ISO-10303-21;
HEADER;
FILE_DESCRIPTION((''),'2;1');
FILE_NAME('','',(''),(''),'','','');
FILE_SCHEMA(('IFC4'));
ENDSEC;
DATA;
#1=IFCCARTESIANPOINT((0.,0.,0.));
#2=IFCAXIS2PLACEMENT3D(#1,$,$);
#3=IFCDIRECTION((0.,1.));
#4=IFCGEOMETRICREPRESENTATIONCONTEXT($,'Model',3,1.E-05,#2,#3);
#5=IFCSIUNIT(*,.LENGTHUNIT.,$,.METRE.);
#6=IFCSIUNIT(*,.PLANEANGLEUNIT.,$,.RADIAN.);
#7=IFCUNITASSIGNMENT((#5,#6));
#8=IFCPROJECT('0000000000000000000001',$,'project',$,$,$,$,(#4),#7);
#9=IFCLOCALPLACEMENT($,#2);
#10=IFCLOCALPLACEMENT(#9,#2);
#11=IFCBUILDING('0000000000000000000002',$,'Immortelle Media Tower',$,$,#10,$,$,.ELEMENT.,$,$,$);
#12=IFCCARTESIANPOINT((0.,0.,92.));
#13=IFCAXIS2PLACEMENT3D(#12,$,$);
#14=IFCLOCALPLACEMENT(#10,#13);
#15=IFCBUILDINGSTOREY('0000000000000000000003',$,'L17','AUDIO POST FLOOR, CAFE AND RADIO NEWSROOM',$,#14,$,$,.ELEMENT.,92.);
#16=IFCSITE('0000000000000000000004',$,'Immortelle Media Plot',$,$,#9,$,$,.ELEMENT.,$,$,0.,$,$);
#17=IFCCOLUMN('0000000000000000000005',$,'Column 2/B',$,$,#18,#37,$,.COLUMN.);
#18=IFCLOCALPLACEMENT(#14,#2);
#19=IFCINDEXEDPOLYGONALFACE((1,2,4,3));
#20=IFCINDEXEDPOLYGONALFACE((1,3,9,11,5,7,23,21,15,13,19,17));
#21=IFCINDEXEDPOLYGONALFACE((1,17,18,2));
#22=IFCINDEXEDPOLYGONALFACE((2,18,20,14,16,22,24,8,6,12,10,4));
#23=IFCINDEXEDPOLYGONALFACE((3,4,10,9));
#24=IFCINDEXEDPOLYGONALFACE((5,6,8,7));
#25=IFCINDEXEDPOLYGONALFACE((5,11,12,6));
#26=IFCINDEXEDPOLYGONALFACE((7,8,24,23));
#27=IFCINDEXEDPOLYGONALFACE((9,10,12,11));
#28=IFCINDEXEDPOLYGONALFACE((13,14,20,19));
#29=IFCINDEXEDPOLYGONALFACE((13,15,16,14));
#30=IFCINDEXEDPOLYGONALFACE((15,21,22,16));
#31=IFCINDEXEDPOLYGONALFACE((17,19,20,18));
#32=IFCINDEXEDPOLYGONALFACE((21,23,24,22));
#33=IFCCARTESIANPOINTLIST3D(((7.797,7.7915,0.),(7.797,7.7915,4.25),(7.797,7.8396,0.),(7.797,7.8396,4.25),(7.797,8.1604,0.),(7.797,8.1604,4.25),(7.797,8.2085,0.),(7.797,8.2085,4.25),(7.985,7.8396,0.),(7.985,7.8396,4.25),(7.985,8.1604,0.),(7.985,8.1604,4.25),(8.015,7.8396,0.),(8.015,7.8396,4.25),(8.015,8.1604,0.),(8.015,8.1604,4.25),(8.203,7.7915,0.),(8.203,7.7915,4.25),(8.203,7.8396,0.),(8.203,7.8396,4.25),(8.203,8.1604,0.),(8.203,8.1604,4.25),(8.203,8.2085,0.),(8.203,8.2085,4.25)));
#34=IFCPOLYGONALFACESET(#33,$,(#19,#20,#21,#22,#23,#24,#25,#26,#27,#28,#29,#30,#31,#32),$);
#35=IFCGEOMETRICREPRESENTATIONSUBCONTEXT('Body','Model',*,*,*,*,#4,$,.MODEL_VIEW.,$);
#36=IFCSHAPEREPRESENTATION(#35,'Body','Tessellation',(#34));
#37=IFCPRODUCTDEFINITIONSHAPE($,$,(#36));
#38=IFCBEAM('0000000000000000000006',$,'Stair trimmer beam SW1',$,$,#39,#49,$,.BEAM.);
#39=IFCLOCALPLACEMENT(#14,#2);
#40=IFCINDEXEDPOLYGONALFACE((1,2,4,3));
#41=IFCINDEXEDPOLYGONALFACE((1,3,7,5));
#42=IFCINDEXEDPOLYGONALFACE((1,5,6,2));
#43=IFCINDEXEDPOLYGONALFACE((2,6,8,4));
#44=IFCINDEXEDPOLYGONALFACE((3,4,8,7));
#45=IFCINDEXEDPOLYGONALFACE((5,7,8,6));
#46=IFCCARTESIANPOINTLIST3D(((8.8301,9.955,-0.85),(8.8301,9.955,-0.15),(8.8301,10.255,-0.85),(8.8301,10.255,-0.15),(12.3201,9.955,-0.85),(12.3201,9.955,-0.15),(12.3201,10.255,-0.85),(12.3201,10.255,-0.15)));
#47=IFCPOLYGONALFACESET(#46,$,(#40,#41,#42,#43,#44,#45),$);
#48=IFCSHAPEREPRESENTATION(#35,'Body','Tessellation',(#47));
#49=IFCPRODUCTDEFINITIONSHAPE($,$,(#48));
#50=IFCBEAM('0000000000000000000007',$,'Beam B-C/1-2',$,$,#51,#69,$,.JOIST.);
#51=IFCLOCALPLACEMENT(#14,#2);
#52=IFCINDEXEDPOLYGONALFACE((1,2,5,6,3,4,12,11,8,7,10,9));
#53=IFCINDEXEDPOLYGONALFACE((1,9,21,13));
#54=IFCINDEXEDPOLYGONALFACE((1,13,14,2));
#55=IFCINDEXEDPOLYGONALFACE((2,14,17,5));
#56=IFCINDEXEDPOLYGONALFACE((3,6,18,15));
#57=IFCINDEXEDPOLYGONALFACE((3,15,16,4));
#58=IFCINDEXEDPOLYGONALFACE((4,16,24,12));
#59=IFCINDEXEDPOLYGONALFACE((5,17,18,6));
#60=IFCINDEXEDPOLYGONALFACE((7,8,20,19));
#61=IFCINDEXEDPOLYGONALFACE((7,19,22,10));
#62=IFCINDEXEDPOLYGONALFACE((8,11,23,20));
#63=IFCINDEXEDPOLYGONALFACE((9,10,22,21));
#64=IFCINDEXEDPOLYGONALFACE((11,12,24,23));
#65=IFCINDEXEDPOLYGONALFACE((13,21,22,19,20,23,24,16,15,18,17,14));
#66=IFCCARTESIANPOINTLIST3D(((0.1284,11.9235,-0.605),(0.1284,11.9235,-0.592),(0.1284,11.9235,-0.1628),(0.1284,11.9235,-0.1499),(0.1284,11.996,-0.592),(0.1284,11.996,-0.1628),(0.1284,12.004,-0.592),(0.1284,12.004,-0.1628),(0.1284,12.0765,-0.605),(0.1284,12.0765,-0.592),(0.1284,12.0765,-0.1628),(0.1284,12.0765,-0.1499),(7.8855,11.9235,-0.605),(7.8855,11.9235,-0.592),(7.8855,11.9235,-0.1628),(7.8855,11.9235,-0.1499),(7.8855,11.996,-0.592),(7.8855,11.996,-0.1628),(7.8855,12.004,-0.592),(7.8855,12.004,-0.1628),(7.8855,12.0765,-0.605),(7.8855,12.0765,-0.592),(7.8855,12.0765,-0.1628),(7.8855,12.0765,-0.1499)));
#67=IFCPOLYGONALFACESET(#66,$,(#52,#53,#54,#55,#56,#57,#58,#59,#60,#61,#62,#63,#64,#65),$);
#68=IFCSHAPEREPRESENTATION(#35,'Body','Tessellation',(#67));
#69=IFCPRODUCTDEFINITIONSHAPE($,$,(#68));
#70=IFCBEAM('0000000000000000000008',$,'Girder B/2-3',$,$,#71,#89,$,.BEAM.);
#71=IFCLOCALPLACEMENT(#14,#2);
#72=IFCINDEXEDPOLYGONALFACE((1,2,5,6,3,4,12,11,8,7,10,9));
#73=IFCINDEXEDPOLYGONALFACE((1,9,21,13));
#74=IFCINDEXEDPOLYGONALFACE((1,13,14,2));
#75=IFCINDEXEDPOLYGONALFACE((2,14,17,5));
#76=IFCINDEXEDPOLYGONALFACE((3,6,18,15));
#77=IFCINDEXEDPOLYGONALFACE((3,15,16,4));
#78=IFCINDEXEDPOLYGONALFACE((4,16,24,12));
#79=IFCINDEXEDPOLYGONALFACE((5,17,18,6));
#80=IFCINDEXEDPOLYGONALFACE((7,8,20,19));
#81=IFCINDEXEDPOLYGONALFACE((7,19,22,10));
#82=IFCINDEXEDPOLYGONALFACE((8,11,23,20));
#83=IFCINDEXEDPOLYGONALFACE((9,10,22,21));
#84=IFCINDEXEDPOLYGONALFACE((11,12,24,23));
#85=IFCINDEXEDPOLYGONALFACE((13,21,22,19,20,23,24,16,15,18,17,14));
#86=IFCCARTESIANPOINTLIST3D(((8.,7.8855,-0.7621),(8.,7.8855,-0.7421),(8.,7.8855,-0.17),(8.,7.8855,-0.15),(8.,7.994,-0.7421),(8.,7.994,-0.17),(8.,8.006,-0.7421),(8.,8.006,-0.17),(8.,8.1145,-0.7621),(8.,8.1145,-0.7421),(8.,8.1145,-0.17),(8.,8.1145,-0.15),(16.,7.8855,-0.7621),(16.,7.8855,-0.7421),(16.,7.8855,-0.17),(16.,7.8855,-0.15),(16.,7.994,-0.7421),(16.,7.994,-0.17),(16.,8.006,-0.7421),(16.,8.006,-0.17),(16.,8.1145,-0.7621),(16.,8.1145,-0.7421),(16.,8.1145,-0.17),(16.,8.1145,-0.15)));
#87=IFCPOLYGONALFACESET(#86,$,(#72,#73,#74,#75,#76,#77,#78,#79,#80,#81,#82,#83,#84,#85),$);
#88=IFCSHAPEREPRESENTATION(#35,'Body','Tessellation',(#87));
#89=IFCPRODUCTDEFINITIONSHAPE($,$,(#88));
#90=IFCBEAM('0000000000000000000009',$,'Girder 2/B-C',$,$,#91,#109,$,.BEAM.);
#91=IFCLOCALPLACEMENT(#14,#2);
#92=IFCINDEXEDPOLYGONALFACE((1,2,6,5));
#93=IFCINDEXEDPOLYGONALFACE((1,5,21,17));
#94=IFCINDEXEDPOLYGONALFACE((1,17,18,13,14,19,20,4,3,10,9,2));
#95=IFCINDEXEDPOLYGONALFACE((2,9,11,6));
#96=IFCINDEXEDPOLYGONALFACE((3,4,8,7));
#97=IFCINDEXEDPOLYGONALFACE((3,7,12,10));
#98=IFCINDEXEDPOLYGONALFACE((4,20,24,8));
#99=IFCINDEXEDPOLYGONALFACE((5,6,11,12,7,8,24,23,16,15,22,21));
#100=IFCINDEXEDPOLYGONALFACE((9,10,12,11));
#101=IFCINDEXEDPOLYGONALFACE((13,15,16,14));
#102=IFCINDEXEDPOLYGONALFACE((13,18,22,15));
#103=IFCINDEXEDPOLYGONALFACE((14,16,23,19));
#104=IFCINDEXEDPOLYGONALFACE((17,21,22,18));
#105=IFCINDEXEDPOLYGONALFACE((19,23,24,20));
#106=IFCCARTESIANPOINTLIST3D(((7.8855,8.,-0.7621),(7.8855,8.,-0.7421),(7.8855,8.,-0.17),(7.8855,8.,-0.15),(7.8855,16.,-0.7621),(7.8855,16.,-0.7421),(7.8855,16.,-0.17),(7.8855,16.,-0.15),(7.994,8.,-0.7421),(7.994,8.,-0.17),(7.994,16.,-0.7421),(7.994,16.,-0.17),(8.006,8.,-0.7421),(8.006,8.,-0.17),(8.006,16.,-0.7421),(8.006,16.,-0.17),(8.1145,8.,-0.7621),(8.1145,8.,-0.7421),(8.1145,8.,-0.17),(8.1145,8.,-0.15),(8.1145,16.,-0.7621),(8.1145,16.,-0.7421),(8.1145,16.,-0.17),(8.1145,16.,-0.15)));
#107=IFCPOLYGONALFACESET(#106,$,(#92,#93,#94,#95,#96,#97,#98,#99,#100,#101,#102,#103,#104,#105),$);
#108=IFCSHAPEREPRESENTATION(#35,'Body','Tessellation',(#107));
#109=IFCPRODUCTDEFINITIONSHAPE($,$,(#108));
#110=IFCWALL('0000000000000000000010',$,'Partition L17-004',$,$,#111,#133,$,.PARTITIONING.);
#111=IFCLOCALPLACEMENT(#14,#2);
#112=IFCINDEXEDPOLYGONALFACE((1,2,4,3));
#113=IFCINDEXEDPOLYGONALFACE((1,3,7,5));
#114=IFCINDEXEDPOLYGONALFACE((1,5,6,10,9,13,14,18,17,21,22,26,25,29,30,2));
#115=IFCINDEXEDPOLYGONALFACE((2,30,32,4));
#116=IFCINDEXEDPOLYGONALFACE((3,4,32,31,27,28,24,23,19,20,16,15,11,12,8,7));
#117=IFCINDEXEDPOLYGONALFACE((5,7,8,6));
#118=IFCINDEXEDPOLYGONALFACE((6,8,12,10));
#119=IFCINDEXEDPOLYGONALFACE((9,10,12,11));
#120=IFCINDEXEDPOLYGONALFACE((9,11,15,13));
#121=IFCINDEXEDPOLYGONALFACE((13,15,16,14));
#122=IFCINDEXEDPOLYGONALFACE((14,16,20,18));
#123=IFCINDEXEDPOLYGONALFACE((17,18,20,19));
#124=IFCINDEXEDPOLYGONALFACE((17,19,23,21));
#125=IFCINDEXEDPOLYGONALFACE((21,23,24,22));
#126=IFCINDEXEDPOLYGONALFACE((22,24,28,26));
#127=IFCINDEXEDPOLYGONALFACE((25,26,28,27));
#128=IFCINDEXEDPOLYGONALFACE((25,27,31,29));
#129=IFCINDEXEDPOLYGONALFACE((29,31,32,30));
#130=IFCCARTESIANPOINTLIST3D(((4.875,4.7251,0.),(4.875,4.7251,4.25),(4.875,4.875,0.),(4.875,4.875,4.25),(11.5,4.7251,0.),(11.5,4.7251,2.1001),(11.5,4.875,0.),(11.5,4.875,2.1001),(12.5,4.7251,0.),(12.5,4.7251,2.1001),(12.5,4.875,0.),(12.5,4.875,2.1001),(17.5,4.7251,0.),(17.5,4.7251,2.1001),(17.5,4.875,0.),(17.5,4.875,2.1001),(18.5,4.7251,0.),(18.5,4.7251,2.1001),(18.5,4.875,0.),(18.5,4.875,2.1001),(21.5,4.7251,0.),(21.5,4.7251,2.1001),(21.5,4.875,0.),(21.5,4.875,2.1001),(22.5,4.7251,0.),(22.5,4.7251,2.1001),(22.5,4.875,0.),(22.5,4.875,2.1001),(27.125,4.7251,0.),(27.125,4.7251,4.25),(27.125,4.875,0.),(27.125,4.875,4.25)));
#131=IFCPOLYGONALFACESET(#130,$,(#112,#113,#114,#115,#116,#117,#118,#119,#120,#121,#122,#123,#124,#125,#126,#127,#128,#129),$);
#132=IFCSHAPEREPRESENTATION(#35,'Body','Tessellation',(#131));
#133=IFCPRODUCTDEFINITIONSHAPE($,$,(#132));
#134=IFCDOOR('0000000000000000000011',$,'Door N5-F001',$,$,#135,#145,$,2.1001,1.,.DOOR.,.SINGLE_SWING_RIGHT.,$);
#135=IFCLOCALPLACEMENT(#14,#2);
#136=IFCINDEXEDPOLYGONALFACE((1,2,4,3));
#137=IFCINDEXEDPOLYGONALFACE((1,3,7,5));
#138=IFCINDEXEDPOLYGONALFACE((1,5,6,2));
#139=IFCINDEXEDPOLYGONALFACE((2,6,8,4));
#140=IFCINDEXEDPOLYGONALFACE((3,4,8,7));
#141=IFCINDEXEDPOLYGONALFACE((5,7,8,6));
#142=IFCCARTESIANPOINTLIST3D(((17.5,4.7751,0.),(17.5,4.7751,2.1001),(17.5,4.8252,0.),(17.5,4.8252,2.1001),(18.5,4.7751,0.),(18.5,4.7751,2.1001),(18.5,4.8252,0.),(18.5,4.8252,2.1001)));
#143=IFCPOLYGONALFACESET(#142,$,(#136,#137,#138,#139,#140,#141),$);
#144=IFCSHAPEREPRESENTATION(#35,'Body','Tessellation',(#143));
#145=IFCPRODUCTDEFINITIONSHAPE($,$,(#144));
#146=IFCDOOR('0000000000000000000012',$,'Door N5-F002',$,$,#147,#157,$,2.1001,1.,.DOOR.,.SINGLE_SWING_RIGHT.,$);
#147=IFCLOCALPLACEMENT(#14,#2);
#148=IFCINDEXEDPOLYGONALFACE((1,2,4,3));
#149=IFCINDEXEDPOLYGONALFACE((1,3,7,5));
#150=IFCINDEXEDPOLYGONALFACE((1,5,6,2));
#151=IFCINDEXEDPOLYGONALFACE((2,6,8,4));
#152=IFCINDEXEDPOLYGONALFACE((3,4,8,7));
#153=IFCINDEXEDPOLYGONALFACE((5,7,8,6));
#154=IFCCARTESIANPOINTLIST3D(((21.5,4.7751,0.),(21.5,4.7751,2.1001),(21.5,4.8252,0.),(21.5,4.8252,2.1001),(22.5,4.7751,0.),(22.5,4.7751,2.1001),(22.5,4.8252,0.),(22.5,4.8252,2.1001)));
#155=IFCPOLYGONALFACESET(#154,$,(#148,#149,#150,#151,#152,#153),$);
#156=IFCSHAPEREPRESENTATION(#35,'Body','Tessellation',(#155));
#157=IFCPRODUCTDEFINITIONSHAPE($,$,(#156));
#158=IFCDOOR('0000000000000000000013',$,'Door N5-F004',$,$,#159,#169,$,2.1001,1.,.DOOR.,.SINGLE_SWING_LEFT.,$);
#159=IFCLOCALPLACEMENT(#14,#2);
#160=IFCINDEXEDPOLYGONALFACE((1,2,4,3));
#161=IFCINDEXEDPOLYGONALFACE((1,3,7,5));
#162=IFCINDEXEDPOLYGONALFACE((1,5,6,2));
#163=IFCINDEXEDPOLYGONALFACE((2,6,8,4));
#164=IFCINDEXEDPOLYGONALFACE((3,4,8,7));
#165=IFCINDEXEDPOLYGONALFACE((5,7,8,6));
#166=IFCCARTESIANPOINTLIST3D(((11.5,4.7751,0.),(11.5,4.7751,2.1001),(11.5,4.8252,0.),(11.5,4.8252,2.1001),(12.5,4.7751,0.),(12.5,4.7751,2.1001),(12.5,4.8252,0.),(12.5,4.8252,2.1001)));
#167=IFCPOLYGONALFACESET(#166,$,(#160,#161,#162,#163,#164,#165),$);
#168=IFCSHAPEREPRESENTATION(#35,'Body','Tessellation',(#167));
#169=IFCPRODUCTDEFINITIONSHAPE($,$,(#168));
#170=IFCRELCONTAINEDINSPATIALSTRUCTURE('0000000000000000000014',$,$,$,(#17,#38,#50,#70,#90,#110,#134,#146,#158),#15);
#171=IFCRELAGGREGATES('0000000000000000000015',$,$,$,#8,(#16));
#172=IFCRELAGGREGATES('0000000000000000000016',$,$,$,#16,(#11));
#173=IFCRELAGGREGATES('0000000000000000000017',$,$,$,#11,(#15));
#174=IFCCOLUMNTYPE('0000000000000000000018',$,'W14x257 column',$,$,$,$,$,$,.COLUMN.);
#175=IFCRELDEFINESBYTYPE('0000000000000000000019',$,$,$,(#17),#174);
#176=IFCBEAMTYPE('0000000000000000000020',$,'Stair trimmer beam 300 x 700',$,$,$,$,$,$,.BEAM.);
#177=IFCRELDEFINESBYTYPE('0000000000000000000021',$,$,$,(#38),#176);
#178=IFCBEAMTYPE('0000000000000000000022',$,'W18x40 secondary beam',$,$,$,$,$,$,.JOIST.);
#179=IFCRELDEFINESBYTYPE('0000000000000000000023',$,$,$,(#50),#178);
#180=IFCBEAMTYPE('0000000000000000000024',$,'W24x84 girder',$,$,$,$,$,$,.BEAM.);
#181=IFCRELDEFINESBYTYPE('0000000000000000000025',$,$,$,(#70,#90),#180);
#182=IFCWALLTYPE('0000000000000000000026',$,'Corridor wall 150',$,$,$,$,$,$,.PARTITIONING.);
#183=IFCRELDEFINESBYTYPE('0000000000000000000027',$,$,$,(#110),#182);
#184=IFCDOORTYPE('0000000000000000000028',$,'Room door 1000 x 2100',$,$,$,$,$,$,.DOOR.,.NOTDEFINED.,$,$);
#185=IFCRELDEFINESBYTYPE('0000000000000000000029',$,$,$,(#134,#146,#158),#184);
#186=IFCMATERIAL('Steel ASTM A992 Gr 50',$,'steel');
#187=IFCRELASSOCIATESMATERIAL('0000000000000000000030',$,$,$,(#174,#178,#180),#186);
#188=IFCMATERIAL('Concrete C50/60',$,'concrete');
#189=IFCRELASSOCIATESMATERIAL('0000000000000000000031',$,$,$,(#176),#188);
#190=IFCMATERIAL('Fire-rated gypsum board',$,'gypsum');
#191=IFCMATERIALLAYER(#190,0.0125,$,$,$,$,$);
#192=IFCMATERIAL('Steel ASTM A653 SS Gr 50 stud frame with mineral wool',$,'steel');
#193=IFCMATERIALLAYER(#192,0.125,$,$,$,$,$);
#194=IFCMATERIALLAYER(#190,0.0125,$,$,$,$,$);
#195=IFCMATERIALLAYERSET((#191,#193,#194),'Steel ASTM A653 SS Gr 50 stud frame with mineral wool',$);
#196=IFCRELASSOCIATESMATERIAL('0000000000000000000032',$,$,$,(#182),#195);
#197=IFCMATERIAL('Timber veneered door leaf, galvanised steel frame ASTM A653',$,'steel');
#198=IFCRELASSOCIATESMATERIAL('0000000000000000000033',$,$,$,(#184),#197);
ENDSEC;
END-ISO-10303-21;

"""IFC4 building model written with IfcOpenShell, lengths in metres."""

from ifc_helpers import new_model, si_unit, direction, frame, frame_2d, origin, origin_2d, place, context, subcontext, project, spatial, rectangle, i_section, extrude, material, layer, layer_set, material_profile, profile_set, type_object, element, fill, save


model = new_model("IFC4")

# Units and contexts
model_context = context("Model", 3, precision=1e-05, world=origin(), true_north=direction((0.0, 1.0)))
body_context = subcontext(model_context, "Body", "Model", "MODEL_VIEW")
ifc_project = project(units=[si_unit("LENGTHUNIT", "METRE"), si_unit("PLANEANGLEUNIT", "RADIAN")], contexts=[model_context])

# Site, building, storey
site_placement = place(None, origin())
site = spatial("IfcSite", under=ifc_project, at=site_placement, Name="Immortelle Media Plot", CompositionType="ELEMENT", RefElevation=0.0)
building_placement = place(site_placement, origin())
building = spatial("IfcBuilding", under=site, at=building_placement, Name="Immortelle Media Tower", CompositionType="ELEMENT")
storey_placement = place(building_placement, frame((0.0, 0.0, 92.0)))
storey = spatial("IfcBuildingStorey", under=building, at=storey_placement, Name="L17", Description="AUDIO POST FLOOR, CAFE AND RADIO NEWSROOM", CompositionType="ELEMENT", Elevation=92.0)

# Column
ifc_material_1 = material(Name="Steel ASTM A992 Gr 50", Category="steel")
ifc_material_profile_1 = material_profile(ifc_material_1, i_section(OverallWidth=0.406, OverallDepth=0.417, WebThickness=0.03, FlangeThickness=0.0481, at=origin_2d()), Name="W14x257")
ifc_profile_set_1 = profile_set([ifc_material_profile_1], Name="Steel ASTM A992 Gr 50")
column_type = type_object("IfcColumnType", Name="W14x257 column", PredefinedType="COLUMN", material=ifc_profile_set_1)
column_placement = place(storey_placement, frame((8.0, 8.0, 0.0), z_axis=(0.0, 0.0, 1.0), x_axis=(1.0, 0.0, 0.0)))
element("IfcColumn", 1, at=column_placement, inside=storey, type_object=column_type, Name="Column 2/B", PredefinedType="COLUMN", context=body_context, shape_type="SweptSolid", body=[
    extrude(i_section(OverallWidth=0.406, OverallDepth=0.417, WebThickness=0.03, FlangeThickness=0.0481, at=origin_2d()), origin(), (0.0, 0.0, 1.0), 4.25),
])

# Beams
ifc_material_2 = material(Name="Concrete C50/60", Category="concrete")
ifc_material_profile_2 = material_profile(ifc_material_2, rectangle(XDim=0.3, YDim=0.7, at=origin_2d()), Name="RC 300x700")
ifc_profile_set_2 = profile_set([ifc_material_profile_2], Name="Concrete C50/60")
beam_type_1 = type_object("IfcBeamType", Name="Stair trimmer beam 300 x 700", PredefinedType="BEAM", material=ifc_profile_set_2)
beam_1_placement = place(storey_placement, frame((8.8301, 10.105, -0.5), z_axis=(1.0, 0.0, 0.0), x_axis=(0.0, 1.0, 0.0)))
element("IfcBeam", 2, at=beam_1_placement, inside=storey, type_object=beam_type_1, Name="Stair trimmer beam SW1", PredefinedType="BEAM", context=body_context, shape_type="SweptSolid", body=[
    extrude(rectangle(XDim=0.3, YDim=0.7, at=origin_2d()), origin(), (0.0, 0.0, 1.0), 3.49),
])
ifc_material_profile_3 = material_profile(ifc_material_1, i_section(OverallWidth=0.1531, OverallDepth=0.4551, WebThickness=0.0081, FlangeThickness=0.0129, at=origin_2d()), Name="W18x40")
ifc_profile_set_3 = profile_set([ifc_material_profile_3], Name="Steel ASTM A992 Gr 50")
beam_type_2 = type_object("IfcBeamType", Name="W18x40 secondary beam", PredefinedType="JOIST", material=ifc_profile_set_3)
beam_2_placement = place(storey_placement, frame((0.1284, 12.0, -0.3774), z_axis=(1.0, 0.0, 0.0), x_axis=(0.0, 1.0, 0.0)))
element("IfcBeam", 3, at=beam_2_placement, inside=storey, type_object=beam_type_2, Name="Beam B-C/1-2", PredefinedType="JOIST", context=body_context, shape_type="SweptSolid", body=[
    extrude(i_section(OverallWidth=0.1531, OverallDepth=0.4551, WebThickness=0.0081, FlangeThickness=0.0129, at=origin_2d()), origin(), (0.0, 0.0, 1.0), 7.7571),
])
ifc_material_profile_4 = material_profile(ifc_material_1, i_section(OverallWidth=0.229, OverallDepth=0.6121, WebThickness=0.012, FlangeThickness=0.02, at=origin_2d()), Name="W24x84")
ifc_profile_set_4 = profile_set([ifc_material_profile_4], Name="Steel ASTM A992 Gr 50")
beam_type_3 = type_object("IfcBeamType", Name="W24x84 girder", PredefinedType="BEAM", material=ifc_profile_set_4)
for number, where, z_axis, x_axis, name in (
    (4, (8.0, 8.0, -0.4561), (1.0, 0.0, 0.0), (0.0, 1.0, 0.0), "Girder B/2-3"),
    (5, (8.0, 8.0, -0.4561), (0.0, 1.0, 0.0), (-1.0, 0.0, 0.0), "Girder 2/B-C"),
):
    element("IfcBeam", number, at=place(storey_placement, frame(where, z_axis=z_axis, x_axis=x_axis)), inside=storey, type_object=beam_type_3, Name=name, PredefinedType="BEAM", context=body_context, shape_type="SweptSolid", body=[
        extrude(i_section(OverallWidth=0.229, OverallDepth=0.6121, WebThickness=0.012, FlangeThickness=0.02, at=origin_2d()), origin(), (0.0, 0.0, 1.0), 8.0),
    ])

# Wall, openings, doors
ifc_material_3 = material(Name="Fire-rated gypsum board", Category="gypsum")
ifc_layer_1 = layer(ifc_material_3, 0.0125)
ifc_material_4 = material(Name="Steel ASTM A653 SS Gr 50 stud frame with mineral wool", Category="steel")
ifc_layer_2 = layer(ifc_material_4, 0.125)
ifc_layer_3 = layer(ifc_material_3, 0.0125)
ifc_layer_set_1 = layer_set([ifc_layer_1, ifc_layer_2, ifc_layer_3], Name="Steel ASTM A653 SS Gr 50 stud frame with mineral wool")
wall_type_1 = type_object("IfcWallType", Name="Corridor wall 150", PredefinedType="PARTITIONING", material=ifc_layer_set_1)
wall_1_placement = place(storey_placement, frame((4.875, 4.8, 0.0), z_axis=(0.0, 0.0, 1.0), x_axis=(1.0, 0.0, 0.0)))
wall_1 = element("IfcWall", 6, at=wall_1_placement, inside=storey, type_object=wall_type_1, Name="Partition L17-004", PredefinedType="PARTITIONING", context=body_context, shape_type="SweptSolid", body=[
    extrude(rectangle(XDim=22.25, YDim=0.1499, at=frame_2d((11.125, 0.0))), origin(), (0.0, 0.0, 1.0), 4.25),
])
opening_1_placement = place(wall_1_placement, frame((13.625, 0.0, 0.0), z_axis=(0.0, 0.0, 1.0), x_axis=(-1.0, 0.0, 0.0)))
opening_1 = element("IfcOpeningElement", 7, at=opening_1_placement, cuts=wall_1, PredefinedType="OPENING", context=body_context, shape_type="SweptSolid", body=[
    extrude(rectangle(XDim=1.0, YDim=2.1001, at=frame_2d((0.5, 1.05))), frame((0.0, 0.085, 0.0), z_axis=(0.0, -1.0, 0.0), x_axis=(1.0, 0.0, 0.0)), (0.0, 0.0, 1.0), 0.1699),
])
opening_2_placement = place(wall_1_placement, frame((17.625, 0.0, 0.0), z_axis=(0.0, 0.0, 1.0), x_axis=(-1.0, 0.0, 0.0)))
opening_2 = element("IfcOpeningElement", 8, at=opening_2_placement, cuts=wall_1, PredefinedType="OPENING", context=body_context, shape_type="SweptSolid", body=[
    extrude(rectangle(XDim=1.0, YDim=2.1001, at=frame_2d((0.5, 1.05))), frame((0.0, 0.085, 0.0), z_axis=(0.0, -1.0, 0.0), x_axis=(1.0, 0.0, 0.0)), (0.0, 0.0, 1.0), 0.1699),
])
opening_3_placement = place(wall_1_placement, frame((7.625, 0.0, 0.0), z_axis=(0.0, 0.0, 1.0), x_axis=(-1.0, 0.0, 0.0)))
opening_3 = element("IfcOpeningElement", 9, at=opening_3_placement, cuts=wall_1, PredefinedType="OPENING", context=body_context, shape_type="SweptSolid", body=[
    extrude(rectangle(XDim=1.0, YDim=2.1001, at=frame_2d((0.5, 1.05))), frame((0.0, 0.085, 0.0), z_axis=(0.0, -1.0, 0.0), x_axis=(1.0, 0.0, 0.0)), (0.0, 0.0, 1.0), 0.1699),
])
ifc_material_5 = material(Name="Timber veneered door leaf, galvanised steel frame ASTM A653", Category="steel")
door_type_1 = type_object("IfcDoorType", Name="Room door 1000 x 2100", OperationType="NOTDEFINED", PredefinedType="DOOR", material=ifc_material_5)
door_1_placement = place(opening_1_placement, origin())
door_1 = element("IfcDoor", 10, at=door_1_placement, inside=storey, type_object=door_type_1, Name="Door N5-F001", OperationType="SINGLE_SWING_RIGHT", OverallHeight=2.1001, OverallWidth=1.0, PredefinedType="DOOR", context=body_context, shape_type="SweptSolid", body=[
    extrude(rectangle(XDim=1.0, YDim=2.1001, at=frame_2d((0.5, 1.05))), frame((0.0, 0.0249, 0.0), z_axis=(0.0, -1.0, 0.0), x_axis=(1.0, 0.0, 0.0)), (0.0, 0.0, 1.0), 0.05),
])
fill(opening_1, door_1)
door_2_placement = place(opening_2_placement, origin())
door_2 = element("IfcDoor", 11, at=door_2_placement, inside=storey, type_object=door_type_1, Name="Door N5-F002", OperationType="SINGLE_SWING_RIGHT", OverallHeight=2.1001, OverallWidth=1.0, PredefinedType="DOOR", context=body_context, shape_type="SweptSolid", body=[
    extrude(rectangle(XDim=1.0, YDim=2.1001, at=frame_2d((0.5, 1.05))), frame((0.0, 0.0249, 0.0), z_axis=(0.0, -1.0, 0.0), x_axis=(1.0, 0.0, 0.0)), (0.0, 0.0, 1.0), 0.05),
])
fill(opening_2, door_2)
door_3_placement = place(opening_3_placement, origin())
door_3 = element("IfcDoor", 12, at=door_3_placement, inside=storey, type_object=door_type_1, Name="Door N5-F004", OperationType="SINGLE_SWING_LEFT", OverallHeight=2.1001, OverallWidth=1.0, PredefinedType="DOOR", context=body_context, shape_type="SweptSolid", body=[
    extrude(rectangle(XDim=1.0, YDim=2.1001, at=frame_2d((0.5, 1.05))), frame((0.0, 0.0249, 0.0), z_axis=(0.0, -1.0, 0.0), x_axis=(1.0, 0.0, 0.0)), (0.0, 0.0, 1.0), 0.05),
])
fill(opening_3, door_3)

save(model, "model.ifc")
